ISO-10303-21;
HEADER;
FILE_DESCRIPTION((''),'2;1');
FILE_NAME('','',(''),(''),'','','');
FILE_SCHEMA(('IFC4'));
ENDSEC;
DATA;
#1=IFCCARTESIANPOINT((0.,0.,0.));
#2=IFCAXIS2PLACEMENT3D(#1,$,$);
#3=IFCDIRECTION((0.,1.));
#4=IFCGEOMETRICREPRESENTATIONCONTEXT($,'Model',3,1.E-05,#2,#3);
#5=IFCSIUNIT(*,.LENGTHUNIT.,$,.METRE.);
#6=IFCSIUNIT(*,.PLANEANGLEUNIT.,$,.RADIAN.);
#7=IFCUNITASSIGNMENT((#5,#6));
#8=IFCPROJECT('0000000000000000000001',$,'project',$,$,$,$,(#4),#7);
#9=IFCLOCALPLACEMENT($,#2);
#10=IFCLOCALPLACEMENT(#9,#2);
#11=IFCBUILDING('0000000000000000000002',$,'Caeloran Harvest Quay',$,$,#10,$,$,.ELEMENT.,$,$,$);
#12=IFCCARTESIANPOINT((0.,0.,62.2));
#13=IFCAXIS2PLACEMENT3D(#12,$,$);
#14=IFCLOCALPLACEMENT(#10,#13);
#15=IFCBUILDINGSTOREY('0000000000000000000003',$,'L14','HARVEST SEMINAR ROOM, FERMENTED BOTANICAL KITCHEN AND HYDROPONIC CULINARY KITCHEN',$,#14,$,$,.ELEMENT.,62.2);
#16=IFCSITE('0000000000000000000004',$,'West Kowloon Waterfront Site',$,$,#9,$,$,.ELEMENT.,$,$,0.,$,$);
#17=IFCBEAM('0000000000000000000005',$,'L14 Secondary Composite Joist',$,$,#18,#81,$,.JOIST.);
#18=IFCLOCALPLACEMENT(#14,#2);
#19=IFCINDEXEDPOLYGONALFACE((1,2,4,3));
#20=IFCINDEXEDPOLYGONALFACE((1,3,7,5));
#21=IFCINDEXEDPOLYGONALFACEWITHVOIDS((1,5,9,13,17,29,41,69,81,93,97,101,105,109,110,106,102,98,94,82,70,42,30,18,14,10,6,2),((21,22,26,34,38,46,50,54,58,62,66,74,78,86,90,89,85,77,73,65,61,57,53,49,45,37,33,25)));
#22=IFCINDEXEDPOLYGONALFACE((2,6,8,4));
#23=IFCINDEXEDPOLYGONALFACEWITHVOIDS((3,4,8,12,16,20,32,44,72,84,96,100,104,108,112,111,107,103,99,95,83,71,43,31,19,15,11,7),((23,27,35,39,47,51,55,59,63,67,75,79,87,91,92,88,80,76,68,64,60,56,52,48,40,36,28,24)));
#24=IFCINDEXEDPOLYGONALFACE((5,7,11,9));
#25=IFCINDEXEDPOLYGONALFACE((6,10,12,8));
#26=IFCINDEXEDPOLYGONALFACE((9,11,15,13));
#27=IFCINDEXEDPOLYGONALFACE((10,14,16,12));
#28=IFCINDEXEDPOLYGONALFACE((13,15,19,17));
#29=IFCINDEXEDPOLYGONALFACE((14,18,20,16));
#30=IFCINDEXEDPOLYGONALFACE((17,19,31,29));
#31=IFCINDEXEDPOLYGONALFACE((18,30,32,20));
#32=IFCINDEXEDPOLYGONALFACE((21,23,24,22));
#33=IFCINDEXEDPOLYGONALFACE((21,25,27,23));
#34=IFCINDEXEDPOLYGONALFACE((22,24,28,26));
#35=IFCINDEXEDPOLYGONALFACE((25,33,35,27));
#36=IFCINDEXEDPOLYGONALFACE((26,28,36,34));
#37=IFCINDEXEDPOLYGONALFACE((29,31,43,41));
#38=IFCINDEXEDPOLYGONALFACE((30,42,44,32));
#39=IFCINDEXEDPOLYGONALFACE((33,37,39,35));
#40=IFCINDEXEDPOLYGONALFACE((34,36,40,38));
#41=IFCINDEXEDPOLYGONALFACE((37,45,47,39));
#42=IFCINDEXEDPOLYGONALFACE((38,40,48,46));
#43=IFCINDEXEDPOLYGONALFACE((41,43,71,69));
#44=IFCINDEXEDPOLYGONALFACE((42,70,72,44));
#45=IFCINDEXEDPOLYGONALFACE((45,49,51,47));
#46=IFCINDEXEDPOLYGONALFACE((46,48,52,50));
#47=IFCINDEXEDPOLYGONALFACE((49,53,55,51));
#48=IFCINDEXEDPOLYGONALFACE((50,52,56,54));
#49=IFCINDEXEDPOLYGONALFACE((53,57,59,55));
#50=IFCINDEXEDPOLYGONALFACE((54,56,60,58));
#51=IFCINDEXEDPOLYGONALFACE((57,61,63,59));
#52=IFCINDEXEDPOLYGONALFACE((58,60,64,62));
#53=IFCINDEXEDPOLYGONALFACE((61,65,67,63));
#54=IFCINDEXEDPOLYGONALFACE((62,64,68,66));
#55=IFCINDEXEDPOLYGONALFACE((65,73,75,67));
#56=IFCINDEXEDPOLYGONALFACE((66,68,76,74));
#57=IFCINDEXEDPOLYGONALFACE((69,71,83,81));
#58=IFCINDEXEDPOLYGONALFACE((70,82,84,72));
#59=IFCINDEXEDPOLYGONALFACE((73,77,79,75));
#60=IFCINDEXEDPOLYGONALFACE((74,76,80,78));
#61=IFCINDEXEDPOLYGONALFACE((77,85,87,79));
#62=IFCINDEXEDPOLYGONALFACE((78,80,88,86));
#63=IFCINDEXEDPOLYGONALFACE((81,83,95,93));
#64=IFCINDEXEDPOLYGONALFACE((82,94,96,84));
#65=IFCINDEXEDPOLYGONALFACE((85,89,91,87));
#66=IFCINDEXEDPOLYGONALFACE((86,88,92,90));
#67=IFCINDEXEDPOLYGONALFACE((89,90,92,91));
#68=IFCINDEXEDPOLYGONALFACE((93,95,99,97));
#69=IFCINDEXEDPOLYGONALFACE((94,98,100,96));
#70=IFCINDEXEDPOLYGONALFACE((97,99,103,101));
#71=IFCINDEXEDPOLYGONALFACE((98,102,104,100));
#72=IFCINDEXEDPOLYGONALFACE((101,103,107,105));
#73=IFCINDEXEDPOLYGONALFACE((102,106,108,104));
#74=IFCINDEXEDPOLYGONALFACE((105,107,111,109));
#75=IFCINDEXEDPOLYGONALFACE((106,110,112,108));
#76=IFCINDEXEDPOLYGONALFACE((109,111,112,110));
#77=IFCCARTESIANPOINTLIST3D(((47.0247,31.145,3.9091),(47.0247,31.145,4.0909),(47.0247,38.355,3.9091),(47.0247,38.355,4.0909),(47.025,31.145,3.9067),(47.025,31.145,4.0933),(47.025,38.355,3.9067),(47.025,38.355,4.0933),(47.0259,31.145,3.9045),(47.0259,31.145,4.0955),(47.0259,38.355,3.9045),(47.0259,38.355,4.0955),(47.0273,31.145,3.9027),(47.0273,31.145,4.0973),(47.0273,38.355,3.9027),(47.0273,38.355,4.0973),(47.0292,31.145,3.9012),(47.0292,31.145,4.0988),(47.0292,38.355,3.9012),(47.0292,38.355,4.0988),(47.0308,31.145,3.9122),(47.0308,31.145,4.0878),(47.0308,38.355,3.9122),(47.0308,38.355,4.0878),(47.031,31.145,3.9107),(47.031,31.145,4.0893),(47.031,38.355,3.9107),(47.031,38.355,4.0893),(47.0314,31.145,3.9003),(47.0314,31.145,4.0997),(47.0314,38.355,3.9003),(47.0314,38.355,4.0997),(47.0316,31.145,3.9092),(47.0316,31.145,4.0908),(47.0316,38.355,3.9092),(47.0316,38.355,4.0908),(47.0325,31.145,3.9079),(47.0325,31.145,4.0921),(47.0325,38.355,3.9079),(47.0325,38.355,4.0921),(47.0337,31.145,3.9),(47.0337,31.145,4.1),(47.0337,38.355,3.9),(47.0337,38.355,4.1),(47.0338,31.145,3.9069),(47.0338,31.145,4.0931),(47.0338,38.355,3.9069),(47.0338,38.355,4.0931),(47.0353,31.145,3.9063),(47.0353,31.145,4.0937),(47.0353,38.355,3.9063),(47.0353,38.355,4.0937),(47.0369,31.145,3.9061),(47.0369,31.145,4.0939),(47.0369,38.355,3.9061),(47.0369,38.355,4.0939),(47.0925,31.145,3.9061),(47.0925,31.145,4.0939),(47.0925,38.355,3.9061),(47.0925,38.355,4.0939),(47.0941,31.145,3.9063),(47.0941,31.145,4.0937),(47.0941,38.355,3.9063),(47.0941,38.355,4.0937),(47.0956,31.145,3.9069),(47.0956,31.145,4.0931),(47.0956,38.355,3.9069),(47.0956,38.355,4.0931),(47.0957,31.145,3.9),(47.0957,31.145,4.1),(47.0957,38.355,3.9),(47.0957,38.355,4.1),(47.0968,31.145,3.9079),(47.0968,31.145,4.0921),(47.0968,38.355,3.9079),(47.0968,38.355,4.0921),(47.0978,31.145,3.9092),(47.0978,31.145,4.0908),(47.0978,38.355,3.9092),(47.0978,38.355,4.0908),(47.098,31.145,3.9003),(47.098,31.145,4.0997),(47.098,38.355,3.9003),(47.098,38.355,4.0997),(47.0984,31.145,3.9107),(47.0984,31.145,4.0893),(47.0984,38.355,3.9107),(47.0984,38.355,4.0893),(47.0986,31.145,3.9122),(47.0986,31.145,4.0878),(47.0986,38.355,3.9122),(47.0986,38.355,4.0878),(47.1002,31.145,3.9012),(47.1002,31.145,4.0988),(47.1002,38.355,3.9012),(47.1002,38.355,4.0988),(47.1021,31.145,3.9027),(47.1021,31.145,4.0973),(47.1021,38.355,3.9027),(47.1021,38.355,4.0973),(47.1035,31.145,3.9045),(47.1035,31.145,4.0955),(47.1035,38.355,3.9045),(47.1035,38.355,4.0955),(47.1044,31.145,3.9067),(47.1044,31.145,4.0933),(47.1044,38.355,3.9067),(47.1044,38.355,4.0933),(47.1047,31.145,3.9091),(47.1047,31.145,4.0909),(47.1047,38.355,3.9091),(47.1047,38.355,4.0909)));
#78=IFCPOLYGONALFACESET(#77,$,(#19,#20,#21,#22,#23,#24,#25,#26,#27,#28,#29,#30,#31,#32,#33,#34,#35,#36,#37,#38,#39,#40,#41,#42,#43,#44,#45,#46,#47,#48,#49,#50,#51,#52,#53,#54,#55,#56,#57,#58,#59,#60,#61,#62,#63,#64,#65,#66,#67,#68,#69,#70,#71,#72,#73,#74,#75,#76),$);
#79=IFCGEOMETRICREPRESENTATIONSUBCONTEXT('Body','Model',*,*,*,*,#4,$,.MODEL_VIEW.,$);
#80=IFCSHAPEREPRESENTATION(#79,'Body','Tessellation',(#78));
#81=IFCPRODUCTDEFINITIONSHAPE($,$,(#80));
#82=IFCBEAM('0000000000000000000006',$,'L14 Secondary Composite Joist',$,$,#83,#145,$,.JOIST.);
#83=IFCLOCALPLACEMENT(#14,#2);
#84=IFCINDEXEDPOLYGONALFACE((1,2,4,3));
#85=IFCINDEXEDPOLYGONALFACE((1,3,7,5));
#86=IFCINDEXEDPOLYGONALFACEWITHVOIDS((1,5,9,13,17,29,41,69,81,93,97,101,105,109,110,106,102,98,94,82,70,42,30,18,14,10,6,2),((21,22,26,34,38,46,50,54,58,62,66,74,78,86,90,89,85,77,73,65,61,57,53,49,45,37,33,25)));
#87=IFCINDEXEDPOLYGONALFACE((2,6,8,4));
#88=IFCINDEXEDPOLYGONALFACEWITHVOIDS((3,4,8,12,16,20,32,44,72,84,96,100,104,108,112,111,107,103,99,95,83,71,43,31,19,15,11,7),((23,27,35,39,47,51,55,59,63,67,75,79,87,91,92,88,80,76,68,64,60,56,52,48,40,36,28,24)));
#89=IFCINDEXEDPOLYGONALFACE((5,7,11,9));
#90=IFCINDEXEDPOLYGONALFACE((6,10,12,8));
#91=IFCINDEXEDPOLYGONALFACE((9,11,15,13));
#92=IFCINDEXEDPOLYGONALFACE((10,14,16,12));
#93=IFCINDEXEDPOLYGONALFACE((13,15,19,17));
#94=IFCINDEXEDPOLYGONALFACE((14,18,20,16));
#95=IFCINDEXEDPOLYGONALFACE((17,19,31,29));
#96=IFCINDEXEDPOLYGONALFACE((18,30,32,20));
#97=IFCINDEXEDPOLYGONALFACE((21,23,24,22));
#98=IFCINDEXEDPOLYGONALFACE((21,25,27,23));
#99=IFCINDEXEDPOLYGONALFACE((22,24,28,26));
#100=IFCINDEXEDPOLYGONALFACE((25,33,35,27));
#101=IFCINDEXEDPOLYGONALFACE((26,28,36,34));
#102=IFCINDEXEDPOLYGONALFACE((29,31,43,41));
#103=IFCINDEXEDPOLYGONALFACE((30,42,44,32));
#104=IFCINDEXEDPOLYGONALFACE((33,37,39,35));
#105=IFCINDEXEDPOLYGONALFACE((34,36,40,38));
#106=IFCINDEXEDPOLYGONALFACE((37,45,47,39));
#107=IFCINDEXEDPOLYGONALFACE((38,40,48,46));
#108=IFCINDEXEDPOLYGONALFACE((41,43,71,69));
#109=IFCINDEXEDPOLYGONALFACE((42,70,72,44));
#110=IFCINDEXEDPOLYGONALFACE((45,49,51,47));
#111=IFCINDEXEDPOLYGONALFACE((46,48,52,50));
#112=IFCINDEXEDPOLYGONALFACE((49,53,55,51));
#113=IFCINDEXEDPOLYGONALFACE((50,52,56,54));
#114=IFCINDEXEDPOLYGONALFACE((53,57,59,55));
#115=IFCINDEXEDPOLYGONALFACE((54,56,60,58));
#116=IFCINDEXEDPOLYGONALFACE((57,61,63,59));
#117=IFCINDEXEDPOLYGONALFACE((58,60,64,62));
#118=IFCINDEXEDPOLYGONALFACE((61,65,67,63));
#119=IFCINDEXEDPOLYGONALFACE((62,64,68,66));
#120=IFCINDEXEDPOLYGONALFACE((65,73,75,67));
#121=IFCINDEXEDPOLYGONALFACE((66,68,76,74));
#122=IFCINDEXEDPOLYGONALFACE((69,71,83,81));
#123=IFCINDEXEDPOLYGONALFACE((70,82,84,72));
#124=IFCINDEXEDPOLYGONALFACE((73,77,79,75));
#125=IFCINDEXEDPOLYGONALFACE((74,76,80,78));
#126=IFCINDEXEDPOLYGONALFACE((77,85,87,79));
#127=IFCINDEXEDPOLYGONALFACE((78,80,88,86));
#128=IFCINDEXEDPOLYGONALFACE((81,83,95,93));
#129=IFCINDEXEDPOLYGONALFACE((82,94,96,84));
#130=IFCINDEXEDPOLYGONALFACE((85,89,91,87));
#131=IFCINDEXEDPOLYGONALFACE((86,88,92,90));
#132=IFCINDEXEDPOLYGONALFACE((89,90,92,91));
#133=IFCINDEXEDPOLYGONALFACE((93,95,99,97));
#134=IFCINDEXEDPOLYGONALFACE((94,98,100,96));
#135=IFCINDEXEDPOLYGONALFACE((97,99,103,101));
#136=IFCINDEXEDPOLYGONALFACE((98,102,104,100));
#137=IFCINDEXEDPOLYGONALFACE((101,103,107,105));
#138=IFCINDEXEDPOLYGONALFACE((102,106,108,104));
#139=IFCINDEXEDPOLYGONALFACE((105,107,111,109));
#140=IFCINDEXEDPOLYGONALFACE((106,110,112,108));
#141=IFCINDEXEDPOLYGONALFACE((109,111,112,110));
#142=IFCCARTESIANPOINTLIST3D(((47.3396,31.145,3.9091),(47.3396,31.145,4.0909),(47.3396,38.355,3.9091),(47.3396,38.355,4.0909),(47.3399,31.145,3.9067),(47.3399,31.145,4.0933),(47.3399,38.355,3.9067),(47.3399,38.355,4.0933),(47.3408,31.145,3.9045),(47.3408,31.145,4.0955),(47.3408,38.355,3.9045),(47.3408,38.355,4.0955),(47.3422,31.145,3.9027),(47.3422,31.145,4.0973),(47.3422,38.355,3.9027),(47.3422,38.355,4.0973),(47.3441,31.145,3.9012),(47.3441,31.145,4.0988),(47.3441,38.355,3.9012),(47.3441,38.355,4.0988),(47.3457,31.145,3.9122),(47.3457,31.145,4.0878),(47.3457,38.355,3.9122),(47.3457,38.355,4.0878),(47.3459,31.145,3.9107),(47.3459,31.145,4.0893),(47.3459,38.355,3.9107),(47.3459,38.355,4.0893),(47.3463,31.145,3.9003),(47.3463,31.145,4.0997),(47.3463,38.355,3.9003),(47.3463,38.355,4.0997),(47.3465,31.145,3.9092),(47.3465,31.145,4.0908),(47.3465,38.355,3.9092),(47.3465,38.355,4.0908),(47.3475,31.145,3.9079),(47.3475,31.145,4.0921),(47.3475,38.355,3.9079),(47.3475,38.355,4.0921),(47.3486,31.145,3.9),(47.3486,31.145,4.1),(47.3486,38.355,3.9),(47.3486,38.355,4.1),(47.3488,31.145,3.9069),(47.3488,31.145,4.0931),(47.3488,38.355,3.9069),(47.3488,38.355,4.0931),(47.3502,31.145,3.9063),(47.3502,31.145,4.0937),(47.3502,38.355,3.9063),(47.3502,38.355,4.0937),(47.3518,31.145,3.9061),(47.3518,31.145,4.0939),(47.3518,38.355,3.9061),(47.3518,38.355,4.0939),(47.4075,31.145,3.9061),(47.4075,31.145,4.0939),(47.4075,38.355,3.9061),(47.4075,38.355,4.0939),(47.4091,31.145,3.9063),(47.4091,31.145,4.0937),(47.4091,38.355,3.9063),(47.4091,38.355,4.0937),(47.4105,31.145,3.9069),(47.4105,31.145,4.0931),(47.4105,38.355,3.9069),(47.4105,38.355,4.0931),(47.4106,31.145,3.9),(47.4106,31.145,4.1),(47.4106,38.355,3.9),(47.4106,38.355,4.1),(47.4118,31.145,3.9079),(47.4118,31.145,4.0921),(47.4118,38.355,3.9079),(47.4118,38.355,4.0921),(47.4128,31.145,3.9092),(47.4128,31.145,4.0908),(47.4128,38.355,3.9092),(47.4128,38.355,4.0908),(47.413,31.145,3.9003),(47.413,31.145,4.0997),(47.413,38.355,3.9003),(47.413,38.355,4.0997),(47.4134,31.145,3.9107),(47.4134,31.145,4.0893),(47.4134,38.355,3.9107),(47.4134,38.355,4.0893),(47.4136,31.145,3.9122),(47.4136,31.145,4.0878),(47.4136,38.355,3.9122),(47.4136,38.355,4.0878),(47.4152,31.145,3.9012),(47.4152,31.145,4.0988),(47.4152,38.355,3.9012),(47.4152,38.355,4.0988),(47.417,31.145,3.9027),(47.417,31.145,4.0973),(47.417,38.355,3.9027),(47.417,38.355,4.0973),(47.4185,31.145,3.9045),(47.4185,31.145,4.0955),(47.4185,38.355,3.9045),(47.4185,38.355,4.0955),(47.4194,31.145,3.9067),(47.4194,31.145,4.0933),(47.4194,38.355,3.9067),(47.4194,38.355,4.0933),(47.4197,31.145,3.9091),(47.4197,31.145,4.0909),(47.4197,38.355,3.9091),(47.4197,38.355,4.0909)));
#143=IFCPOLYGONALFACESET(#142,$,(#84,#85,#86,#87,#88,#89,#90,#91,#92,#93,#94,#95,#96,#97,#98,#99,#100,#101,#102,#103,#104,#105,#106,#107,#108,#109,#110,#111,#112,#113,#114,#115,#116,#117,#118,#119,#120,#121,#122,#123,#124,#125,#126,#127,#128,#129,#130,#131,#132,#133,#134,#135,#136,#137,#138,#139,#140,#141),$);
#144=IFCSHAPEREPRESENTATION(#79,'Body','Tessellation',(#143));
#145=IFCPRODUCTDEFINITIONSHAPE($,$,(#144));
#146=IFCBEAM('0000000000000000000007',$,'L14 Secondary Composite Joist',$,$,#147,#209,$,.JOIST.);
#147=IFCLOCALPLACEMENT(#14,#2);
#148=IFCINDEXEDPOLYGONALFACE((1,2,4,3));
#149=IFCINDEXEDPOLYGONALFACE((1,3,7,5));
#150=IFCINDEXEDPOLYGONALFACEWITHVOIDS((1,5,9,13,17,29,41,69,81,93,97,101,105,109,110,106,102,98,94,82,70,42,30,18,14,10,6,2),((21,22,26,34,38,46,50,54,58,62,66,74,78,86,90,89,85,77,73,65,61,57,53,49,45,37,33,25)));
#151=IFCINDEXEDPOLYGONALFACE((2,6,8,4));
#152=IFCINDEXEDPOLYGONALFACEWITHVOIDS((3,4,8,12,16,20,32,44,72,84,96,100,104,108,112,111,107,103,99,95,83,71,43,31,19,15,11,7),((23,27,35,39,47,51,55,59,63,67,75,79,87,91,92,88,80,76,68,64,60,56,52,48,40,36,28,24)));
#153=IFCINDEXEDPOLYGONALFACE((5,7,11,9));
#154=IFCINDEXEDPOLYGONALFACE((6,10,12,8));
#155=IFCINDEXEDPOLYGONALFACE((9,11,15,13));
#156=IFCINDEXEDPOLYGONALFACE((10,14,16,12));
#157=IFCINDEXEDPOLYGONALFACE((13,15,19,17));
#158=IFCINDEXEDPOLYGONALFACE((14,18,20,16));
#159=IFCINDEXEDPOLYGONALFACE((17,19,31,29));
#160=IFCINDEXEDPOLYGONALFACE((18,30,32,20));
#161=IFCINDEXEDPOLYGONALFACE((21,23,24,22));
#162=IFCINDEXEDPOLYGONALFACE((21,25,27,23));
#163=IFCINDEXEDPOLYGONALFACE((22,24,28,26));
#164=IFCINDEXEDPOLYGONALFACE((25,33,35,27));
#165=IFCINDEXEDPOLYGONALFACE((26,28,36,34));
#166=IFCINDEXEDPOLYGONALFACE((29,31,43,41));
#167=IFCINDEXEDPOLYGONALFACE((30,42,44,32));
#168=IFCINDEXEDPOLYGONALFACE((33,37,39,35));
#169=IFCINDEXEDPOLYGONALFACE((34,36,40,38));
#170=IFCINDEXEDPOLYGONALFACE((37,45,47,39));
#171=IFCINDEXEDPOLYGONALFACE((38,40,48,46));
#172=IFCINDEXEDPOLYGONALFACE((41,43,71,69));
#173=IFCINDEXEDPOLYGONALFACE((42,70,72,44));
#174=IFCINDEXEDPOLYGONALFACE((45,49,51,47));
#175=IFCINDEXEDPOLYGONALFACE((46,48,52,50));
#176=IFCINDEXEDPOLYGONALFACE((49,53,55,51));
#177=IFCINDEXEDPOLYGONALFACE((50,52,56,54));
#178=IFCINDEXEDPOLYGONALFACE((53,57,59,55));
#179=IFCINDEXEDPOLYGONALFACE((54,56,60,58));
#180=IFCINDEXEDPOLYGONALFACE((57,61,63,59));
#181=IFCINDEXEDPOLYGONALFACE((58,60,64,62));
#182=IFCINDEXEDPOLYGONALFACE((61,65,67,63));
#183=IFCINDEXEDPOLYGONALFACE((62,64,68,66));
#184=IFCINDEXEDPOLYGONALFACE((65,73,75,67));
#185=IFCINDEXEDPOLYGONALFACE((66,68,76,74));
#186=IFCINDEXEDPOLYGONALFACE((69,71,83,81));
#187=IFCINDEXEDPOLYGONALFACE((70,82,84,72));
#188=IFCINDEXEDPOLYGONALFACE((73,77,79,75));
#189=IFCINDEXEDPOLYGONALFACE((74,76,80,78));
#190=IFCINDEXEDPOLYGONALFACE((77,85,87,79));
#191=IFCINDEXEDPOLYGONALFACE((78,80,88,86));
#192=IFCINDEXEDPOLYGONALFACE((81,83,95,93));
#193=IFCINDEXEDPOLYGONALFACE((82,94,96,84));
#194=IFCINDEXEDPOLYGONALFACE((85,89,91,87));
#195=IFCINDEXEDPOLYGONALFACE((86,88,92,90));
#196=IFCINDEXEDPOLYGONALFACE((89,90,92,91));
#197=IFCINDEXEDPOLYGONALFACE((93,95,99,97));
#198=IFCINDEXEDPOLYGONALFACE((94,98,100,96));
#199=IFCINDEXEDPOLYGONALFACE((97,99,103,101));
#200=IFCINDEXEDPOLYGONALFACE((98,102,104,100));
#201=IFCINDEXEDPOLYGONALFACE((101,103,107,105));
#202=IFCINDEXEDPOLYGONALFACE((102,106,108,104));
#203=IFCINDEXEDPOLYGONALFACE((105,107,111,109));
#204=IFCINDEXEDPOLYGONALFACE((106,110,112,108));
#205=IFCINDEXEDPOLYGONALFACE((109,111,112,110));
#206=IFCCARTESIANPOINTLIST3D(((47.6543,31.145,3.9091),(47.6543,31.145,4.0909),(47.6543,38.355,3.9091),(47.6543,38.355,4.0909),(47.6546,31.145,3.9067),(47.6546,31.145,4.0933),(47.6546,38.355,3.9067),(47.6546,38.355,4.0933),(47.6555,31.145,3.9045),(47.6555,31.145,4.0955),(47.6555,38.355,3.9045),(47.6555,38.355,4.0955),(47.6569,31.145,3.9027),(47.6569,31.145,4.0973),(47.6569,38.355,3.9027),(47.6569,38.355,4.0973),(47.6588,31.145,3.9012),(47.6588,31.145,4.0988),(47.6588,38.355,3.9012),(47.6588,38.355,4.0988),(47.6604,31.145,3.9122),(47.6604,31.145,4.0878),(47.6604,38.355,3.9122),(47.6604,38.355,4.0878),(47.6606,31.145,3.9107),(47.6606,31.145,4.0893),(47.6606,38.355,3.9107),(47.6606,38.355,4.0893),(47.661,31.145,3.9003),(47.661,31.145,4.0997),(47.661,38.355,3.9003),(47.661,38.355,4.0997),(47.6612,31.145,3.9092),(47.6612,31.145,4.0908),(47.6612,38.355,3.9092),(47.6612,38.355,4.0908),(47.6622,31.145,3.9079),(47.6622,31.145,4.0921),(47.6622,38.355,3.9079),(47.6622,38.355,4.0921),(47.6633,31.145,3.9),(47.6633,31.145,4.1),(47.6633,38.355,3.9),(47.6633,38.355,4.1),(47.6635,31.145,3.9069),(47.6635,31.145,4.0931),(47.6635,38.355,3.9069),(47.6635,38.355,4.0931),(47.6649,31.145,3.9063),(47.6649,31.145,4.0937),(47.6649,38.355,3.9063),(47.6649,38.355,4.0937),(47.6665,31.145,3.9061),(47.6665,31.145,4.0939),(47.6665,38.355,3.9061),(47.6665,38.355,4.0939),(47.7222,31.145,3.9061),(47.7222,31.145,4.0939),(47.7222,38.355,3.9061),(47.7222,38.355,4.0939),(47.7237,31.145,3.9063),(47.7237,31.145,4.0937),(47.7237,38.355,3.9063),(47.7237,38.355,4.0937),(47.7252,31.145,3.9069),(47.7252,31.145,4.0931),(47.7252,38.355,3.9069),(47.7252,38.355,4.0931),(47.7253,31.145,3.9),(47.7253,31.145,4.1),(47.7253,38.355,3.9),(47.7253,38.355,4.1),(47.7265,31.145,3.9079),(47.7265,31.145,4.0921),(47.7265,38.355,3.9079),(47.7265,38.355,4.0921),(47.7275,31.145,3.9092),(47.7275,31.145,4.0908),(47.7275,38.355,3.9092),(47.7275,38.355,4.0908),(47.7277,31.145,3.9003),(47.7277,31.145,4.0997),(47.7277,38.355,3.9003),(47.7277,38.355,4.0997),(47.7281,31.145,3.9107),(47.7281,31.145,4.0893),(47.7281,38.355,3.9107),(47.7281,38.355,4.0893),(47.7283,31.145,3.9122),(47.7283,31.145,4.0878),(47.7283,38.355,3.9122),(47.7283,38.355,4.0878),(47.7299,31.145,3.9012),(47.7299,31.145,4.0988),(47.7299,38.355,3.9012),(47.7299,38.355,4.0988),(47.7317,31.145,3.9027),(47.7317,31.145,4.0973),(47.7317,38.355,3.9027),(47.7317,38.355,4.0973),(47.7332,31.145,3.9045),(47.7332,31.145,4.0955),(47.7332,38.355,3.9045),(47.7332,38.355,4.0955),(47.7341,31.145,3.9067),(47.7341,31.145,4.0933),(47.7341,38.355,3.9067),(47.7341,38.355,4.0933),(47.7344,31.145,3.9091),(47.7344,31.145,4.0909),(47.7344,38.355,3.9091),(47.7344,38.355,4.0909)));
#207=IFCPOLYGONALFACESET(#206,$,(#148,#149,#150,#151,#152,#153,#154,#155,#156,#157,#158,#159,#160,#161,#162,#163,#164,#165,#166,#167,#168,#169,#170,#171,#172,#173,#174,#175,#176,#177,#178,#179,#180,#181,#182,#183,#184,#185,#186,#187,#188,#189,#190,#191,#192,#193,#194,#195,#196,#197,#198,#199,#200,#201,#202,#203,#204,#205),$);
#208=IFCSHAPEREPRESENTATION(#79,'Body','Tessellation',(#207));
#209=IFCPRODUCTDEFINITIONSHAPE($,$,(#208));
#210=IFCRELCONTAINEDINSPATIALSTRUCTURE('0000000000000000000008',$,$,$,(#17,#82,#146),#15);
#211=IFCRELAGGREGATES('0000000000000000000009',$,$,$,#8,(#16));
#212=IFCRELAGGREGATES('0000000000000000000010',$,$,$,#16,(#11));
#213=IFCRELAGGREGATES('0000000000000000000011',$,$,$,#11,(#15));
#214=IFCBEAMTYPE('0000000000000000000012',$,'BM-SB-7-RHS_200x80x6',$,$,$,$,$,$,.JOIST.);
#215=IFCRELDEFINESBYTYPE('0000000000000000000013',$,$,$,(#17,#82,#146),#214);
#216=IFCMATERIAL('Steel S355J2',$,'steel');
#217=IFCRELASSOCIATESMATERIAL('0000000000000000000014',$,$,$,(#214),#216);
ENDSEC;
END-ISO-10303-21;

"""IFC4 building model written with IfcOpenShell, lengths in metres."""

from ifc_helpers import new_model, si_unit, direction, frame, origin, origin_2d, place, context, subcontext, project, spatial, hollow_rectangle, extrude, material, material_profile, profile_set, type_object, element, save


model = new_model("IFC4")

# Units and contexts
model_context = context("Model", 3, precision=1e-05, world=origin(), true_north=direction((0.0, 1.0)))
body_context = subcontext(model_context, "Body", "Model", "MODEL_VIEW")
ifc_project = project(units=[si_unit("LENGTHUNIT", "METRE"), si_unit("PLANEANGLEUNIT", "RADIAN")], contexts=[model_context])

# Site, building, storey
site_placement = place(None, origin())
site = spatial("IfcSite", under=ifc_project, at=site_placement, Name="West Kowloon Waterfront Site", CompositionType="ELEMENT", RefElevation=0.0)
building_placement = place(site_placement, origin())
building = spatial("IfcBuilding", under=site, at=building_placement, Name="Caeloran Harvest Quay", CompositionType="ELEMENT")
storey_placement = place(building_placement, frame((0.0, 0.0, 62.2)))
storey = spatial("IfcBuildingStorey", under=building, at=storey_placement, Name="L14", Description="HARVEST SEMINAR ROOM, FERMENTED BOTANICAL KITCHEN AND HYDROPONIC CULINARY KITCHEN", CompositionType="ELEMENT", Elevation=62.2)

# Beams
ifc_material_1 = material(Name="Steel S355J2", Category="steel")
ifc_material_profile_1 = material_profile(ifc_material_1, hollow_rectangle(XDim=0.0801, YDim=0.2, WallThickness=0.0061, InnerFilletRadius=0.0061, OuterFilletRadius=0.009, at=origin_2d()), Name="RHS 200x80x6")
ifc_profile_set_1 = profile_set([ifc_material_profile_1], Name="Steel S355J2")
beam_type_1 = type_object("IfcBeamType", Name="BM-SB-7-RHS_200x80x6", PredefinedType="JOIST", material=ifc_profile_set_1)
for number, where, z_axis, x_axis, name in (
    (1, (47.0647, 31.145, 4.0), (0.0, 1.0, 0.0), (-1.0, 0.0, 0.0), "L14 Secondary Composite Joist"),
    (2, (47.3796, 31.145, 4.0), (0.0, 1.0, 0.0), (-1.0, 0.0, 0.0), "L14 Secondary Composite Joist"),
    (3, (47.6943, 31.145, 4.0), (0.0, 1.0, 0.0), (-1.0, 0.0, 0.0), "L14 Secondary Composite Joist"),
):
    element("IfcBeam", number, at=place(storey_placement, frame(where, z_axis=z_axis, x_axis=x_axis)), inside=storey, type_object=beam_type_1, Name=name, PredefinedType="JOIST", context=body_context, shape_type="SweptSolid", body=[
        extrude(hollow_rectangle(XDim=0.0801, YDim=0.2, WallThickness=0.0061, InnerFilletRadius=0.0061, OuterFilletRadius=0.009, at=origin_2d()), origin(), (0.0, 0.0, 1.0), 7.21),
    ])

save(model, "model.ifc")
